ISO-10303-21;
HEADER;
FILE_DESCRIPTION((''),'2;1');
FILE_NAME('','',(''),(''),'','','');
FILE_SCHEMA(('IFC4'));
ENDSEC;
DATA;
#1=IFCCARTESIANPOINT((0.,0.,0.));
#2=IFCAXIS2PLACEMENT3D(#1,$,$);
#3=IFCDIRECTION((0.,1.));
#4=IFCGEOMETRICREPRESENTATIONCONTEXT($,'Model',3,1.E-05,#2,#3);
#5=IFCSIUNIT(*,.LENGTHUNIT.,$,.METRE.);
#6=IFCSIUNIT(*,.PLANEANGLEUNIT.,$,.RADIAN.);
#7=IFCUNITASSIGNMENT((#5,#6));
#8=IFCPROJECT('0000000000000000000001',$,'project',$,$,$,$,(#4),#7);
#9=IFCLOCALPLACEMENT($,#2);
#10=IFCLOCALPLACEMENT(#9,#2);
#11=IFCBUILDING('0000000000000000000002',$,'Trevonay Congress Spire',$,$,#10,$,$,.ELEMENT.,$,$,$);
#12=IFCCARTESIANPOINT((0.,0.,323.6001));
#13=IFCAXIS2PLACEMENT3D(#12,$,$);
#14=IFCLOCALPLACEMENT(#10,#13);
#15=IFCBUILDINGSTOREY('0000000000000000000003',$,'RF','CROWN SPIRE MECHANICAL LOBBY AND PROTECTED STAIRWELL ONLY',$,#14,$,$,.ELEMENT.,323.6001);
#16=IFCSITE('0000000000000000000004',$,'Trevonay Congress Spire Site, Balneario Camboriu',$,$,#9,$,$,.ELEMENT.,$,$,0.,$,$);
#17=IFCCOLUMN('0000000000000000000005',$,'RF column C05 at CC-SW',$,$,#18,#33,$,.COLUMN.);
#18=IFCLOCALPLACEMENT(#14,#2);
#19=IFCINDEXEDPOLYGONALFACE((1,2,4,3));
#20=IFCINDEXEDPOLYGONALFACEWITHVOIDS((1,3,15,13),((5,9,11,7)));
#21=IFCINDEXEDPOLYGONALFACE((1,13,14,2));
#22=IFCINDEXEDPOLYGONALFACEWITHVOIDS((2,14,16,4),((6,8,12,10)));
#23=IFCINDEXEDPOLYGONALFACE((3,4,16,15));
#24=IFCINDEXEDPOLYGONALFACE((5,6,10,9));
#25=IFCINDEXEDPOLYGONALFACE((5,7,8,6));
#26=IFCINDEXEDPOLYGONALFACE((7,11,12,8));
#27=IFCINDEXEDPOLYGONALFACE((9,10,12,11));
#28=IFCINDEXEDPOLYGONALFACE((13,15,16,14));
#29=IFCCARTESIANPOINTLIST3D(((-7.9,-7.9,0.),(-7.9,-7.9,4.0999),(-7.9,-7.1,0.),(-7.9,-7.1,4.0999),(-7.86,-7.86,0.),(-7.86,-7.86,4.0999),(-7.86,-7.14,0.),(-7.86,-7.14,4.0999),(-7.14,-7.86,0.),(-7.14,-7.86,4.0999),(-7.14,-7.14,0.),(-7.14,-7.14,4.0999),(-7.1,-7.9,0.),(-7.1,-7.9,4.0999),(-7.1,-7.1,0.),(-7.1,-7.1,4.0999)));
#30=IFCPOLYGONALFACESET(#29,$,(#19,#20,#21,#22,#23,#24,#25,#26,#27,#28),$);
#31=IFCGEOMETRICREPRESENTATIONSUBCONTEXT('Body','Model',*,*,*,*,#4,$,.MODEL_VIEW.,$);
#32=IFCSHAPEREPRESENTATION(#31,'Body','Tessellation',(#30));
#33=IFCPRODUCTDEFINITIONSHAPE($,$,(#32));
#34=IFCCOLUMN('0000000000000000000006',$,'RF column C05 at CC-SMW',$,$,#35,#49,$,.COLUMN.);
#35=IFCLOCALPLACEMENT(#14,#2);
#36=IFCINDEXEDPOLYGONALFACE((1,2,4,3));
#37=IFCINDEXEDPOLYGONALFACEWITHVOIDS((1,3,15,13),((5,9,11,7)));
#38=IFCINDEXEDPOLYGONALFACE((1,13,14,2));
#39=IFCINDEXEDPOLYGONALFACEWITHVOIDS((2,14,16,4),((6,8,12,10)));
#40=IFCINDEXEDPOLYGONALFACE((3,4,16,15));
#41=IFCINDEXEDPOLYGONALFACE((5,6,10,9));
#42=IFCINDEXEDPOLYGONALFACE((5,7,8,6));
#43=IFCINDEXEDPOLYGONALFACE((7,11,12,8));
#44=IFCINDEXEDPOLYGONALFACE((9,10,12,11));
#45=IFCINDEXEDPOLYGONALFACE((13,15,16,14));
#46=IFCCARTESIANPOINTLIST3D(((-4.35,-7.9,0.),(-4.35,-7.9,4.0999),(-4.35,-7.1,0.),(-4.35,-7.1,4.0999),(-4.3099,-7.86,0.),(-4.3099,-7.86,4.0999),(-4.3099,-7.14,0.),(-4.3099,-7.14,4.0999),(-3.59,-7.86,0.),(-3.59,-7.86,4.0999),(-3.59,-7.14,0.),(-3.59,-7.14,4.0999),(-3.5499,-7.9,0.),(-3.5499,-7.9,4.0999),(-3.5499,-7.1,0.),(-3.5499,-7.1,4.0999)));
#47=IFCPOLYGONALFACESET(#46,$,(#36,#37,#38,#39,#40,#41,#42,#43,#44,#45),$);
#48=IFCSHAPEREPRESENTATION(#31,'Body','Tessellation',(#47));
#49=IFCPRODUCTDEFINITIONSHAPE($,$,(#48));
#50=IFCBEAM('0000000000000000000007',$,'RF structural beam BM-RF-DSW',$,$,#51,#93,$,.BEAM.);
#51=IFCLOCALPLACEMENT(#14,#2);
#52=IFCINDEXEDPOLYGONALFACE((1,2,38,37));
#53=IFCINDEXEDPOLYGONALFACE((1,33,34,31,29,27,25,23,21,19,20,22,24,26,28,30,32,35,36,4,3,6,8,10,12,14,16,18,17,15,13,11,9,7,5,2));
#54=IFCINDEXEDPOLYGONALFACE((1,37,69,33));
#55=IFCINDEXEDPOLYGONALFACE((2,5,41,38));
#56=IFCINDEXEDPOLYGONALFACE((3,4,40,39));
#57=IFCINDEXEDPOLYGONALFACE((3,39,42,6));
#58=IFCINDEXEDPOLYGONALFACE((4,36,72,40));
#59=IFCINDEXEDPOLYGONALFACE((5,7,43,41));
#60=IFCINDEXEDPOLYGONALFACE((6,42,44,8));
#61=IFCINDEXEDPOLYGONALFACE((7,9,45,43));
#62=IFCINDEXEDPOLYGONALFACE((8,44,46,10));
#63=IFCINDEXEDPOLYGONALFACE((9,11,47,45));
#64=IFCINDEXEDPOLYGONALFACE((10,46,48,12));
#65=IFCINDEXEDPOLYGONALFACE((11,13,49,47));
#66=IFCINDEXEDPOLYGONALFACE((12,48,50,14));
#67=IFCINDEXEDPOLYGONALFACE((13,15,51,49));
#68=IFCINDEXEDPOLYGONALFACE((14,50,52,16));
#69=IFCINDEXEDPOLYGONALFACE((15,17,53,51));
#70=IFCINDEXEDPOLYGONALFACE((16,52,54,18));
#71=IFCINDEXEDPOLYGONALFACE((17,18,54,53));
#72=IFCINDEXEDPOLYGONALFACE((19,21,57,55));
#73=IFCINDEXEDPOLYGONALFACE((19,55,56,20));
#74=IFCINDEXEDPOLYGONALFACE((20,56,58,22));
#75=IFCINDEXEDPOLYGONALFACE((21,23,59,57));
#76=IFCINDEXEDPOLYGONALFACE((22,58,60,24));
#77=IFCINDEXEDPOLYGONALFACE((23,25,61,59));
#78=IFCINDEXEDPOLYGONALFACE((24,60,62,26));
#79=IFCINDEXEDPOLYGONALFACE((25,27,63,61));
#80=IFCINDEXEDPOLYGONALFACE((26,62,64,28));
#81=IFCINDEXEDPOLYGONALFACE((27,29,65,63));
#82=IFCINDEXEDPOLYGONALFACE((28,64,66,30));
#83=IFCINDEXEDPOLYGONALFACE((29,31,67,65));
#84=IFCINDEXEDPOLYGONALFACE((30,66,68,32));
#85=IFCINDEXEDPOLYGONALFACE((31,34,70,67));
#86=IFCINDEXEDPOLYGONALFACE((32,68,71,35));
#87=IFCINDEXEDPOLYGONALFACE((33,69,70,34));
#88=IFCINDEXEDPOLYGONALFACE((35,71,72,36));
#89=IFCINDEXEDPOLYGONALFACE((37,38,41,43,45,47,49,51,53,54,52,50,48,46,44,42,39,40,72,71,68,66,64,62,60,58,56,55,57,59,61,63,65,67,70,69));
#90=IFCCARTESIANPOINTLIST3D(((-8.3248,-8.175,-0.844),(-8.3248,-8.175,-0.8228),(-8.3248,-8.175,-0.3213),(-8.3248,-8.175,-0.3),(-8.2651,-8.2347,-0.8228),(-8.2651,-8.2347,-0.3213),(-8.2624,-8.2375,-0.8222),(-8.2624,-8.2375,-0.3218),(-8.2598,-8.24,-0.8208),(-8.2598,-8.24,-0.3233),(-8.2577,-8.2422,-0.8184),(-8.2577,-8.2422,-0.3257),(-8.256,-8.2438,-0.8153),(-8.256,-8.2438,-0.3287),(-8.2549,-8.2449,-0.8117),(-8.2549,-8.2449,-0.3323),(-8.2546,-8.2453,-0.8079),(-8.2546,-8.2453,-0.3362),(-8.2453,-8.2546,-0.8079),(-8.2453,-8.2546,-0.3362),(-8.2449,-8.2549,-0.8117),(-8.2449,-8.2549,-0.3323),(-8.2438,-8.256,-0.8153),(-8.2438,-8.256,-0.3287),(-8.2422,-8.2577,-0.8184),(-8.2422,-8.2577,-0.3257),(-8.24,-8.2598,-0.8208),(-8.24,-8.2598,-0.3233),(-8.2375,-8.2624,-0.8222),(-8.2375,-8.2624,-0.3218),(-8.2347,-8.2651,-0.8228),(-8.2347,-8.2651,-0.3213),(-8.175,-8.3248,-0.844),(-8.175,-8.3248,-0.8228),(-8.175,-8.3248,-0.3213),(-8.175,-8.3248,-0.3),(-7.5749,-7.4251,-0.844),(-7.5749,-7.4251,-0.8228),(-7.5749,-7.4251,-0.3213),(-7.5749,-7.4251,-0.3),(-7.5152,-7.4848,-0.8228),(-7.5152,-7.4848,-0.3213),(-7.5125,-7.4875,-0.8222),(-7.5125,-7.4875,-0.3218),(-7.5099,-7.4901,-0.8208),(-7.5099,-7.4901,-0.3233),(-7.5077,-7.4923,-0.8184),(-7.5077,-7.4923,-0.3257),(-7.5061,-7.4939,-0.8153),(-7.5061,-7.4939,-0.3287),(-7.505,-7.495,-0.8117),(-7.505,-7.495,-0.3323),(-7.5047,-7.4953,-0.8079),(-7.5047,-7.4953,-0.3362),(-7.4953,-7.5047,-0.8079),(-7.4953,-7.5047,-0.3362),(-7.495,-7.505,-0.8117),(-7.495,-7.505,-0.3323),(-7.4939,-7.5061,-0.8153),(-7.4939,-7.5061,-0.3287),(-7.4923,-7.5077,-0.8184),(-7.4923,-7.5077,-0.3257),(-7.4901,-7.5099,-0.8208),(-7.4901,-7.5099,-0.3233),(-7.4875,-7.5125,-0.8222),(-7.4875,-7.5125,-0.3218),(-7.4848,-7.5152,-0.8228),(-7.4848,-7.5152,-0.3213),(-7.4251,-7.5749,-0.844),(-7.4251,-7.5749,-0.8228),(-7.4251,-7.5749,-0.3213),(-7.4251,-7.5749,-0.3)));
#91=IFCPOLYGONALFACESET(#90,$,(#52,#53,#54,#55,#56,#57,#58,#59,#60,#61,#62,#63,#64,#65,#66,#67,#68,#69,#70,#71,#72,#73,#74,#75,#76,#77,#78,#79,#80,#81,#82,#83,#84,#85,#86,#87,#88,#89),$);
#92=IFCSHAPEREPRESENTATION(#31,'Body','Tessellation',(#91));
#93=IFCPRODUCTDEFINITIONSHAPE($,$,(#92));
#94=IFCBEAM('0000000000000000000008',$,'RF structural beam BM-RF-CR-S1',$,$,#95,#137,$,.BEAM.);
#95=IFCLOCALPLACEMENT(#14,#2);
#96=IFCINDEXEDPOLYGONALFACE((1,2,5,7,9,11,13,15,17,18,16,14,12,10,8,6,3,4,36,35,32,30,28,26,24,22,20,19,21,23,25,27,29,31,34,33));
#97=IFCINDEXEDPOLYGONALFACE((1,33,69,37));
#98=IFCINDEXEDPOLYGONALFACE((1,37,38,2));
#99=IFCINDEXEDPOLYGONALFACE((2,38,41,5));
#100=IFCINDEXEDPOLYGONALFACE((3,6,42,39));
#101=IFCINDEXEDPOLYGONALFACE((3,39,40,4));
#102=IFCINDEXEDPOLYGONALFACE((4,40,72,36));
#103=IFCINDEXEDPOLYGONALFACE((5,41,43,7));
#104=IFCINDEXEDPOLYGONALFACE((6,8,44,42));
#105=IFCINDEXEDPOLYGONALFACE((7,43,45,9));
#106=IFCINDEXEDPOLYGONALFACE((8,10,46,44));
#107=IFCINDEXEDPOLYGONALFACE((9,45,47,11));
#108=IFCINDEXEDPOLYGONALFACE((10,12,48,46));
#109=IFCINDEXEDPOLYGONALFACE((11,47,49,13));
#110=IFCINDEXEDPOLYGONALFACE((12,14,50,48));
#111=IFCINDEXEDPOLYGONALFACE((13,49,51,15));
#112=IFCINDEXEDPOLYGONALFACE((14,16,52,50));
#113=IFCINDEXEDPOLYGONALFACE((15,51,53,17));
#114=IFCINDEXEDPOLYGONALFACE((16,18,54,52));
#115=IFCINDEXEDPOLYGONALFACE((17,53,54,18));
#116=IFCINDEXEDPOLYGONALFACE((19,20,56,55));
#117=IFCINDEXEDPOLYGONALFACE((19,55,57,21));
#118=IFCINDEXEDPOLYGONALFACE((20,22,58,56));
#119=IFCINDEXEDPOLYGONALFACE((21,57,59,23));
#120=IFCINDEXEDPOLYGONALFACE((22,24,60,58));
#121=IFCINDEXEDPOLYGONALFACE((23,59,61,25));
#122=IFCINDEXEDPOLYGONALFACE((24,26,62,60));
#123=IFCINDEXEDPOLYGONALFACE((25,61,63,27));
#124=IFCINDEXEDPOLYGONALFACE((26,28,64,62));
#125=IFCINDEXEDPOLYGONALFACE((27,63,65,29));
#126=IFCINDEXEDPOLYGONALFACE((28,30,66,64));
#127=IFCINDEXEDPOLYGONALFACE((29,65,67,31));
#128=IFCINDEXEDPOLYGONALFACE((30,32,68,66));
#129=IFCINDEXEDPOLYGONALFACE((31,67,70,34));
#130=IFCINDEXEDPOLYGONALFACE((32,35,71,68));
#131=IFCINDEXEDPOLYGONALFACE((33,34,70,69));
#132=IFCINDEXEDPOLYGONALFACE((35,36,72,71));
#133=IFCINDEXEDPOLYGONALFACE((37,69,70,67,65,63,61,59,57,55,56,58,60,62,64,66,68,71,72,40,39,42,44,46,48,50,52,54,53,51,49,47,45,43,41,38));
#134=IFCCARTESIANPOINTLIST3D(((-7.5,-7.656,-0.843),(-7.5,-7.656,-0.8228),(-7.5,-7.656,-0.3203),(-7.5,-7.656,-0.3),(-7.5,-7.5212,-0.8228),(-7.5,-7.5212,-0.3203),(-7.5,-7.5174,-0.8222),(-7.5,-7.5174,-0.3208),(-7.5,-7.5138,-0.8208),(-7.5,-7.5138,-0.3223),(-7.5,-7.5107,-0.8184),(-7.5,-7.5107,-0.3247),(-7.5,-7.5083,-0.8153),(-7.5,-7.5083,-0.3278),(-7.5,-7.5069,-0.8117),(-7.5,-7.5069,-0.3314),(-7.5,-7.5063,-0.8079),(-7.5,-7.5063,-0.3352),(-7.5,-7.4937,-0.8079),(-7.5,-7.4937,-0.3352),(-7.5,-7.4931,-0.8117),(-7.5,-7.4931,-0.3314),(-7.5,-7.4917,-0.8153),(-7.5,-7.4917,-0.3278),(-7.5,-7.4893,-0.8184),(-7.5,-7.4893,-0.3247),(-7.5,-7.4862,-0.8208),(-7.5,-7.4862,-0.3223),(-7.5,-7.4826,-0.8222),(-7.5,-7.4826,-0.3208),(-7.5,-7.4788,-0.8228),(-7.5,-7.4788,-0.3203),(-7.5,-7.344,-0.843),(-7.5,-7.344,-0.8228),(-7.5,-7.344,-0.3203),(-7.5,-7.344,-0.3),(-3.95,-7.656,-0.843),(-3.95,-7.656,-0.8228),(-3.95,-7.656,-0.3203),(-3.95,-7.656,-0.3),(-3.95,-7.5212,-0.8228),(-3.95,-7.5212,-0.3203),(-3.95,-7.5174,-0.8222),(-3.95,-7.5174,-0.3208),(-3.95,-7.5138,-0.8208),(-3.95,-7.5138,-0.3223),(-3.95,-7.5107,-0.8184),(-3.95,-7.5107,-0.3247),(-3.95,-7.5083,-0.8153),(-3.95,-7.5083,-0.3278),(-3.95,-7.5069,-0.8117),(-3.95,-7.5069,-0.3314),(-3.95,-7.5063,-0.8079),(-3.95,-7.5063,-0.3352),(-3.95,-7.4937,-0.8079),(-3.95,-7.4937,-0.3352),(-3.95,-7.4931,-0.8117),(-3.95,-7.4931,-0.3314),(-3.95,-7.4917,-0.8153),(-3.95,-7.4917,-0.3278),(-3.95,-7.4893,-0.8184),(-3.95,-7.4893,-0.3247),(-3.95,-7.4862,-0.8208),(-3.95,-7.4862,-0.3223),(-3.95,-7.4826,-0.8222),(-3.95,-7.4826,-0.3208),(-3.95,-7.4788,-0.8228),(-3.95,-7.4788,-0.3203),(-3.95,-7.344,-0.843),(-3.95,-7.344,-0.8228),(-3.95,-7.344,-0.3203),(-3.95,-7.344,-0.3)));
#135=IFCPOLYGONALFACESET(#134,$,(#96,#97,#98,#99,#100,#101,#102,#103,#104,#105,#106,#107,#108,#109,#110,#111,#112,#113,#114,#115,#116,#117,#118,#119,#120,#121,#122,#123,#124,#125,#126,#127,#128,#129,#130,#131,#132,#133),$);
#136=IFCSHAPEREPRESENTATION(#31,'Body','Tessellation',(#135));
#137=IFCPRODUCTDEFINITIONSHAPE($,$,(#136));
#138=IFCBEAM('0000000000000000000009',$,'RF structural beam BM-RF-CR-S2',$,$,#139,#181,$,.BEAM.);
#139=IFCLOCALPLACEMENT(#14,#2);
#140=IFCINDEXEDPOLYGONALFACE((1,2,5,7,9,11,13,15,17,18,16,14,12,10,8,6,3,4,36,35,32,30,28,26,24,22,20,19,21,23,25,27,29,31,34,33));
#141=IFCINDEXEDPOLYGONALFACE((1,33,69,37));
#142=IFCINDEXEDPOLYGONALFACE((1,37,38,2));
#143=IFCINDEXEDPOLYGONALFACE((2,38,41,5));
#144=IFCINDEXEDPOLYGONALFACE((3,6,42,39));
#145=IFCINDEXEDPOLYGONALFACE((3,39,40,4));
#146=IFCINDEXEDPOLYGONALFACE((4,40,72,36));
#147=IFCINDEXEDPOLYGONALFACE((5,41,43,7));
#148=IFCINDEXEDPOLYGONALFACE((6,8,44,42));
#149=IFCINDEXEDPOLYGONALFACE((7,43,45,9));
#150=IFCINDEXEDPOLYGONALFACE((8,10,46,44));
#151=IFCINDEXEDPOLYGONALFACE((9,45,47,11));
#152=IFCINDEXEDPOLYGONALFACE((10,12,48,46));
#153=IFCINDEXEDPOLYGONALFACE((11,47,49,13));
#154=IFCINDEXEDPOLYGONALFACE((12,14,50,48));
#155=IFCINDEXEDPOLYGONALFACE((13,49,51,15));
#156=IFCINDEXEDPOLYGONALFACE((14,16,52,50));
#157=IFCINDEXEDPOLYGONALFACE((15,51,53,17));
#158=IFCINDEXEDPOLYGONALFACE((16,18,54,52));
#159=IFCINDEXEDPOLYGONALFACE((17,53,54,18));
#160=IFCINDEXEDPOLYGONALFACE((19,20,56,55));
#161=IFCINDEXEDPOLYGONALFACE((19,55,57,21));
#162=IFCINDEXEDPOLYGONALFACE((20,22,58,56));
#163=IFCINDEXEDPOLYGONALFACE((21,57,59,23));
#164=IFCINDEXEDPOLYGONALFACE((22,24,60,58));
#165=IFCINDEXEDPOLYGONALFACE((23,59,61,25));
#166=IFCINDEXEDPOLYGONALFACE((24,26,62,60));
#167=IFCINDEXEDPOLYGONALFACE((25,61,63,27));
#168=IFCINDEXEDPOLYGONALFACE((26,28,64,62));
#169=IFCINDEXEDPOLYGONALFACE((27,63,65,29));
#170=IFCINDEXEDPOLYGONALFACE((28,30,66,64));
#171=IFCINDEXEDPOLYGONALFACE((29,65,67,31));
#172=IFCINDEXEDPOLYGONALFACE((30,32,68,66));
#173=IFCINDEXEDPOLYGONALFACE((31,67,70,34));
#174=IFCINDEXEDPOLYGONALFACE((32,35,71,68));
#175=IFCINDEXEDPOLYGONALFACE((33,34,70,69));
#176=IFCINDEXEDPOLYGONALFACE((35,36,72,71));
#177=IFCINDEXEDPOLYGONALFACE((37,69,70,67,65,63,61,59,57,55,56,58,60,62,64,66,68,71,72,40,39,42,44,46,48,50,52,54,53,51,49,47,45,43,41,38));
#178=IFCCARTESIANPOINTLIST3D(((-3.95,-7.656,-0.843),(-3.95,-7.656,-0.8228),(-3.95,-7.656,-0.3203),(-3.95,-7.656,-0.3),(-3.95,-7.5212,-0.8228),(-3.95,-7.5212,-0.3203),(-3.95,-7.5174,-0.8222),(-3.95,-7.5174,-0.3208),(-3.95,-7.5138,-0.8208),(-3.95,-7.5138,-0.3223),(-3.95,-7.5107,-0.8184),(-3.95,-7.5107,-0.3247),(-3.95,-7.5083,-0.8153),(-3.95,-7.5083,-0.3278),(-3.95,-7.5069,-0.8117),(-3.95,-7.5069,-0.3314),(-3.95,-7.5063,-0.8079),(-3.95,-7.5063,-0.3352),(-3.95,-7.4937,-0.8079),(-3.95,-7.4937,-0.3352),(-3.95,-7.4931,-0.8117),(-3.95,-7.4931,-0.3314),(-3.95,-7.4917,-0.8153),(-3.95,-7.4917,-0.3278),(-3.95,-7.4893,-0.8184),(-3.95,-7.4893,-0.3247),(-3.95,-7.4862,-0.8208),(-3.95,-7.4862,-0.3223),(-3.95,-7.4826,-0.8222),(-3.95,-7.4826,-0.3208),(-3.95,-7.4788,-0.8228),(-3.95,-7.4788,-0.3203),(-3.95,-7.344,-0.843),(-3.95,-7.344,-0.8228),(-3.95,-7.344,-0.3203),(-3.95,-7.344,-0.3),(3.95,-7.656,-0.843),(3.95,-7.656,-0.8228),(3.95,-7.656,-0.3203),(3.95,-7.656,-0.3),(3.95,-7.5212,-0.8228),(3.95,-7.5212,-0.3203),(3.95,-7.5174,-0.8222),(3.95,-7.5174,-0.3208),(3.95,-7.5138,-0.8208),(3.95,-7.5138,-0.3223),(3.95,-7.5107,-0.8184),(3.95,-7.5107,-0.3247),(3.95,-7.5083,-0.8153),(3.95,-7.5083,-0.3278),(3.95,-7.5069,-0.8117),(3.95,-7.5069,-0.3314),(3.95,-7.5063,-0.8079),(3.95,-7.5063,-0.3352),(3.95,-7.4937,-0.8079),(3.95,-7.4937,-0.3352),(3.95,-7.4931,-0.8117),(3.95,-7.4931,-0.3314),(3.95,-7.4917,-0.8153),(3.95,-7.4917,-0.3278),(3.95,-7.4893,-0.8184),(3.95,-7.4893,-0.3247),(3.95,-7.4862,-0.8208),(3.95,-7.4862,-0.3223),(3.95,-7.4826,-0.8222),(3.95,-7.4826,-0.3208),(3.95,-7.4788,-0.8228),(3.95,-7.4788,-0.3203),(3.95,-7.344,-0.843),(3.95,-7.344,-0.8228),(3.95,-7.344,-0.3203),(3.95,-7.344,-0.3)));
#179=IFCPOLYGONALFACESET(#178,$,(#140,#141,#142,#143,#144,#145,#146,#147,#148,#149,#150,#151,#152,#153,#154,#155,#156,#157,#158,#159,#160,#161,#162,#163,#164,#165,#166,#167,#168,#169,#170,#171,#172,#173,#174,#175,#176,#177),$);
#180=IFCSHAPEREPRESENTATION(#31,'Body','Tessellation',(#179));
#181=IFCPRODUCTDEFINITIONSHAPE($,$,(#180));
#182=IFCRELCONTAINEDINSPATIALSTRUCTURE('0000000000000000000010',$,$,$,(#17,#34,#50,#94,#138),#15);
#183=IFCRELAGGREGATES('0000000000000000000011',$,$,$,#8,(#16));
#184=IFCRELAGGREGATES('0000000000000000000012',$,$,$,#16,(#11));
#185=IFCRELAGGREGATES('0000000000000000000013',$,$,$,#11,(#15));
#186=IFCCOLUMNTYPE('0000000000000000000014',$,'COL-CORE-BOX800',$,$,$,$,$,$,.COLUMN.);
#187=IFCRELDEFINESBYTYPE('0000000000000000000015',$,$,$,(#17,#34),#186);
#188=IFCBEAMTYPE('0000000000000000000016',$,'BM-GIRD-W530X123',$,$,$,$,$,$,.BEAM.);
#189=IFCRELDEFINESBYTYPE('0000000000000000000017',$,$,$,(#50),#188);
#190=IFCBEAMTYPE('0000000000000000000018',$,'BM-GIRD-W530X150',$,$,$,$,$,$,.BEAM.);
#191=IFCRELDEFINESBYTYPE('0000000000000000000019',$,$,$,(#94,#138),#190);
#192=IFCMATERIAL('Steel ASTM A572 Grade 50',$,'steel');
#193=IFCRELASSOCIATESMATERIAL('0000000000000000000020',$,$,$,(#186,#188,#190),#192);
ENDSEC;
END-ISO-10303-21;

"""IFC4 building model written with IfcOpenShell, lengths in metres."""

from ifc_helpers import new_model, si_unit, direction, frame, origin, origin_2d, place, context, subcontext, project, spatial, hollow_rectangle, i_section, extrude, material, material_profile, profile_set, type_object, element, save


model = new_model("IFC4")

# Units and contexts
model_context = context("Model", 3, precision=1e-05, world=origin(), true_north=direction((0.0, 1.0)))
body_context = subcontext(model_context, "Body", "Model", "MODEL_VIEW")
ifc_project = project(units=[si_unit("LENGTHUNIT", "METRE"), si_unit("PLANEANGLEUNIT", "RADIAN")], contexts=[model_context])

# Site, building, storey
site_placement = place(None, origin())
site = spatial("IfcSite", under=ifc_project, at=site_placement, Name="Trevonay Congress Spire Site, Balneario Camboriu", CompositionType="ELEMENT", RefElevation=0.0)
building_placement = place(site_placement, origin())
building = spatial("IfcBuilding", under=site, at=building_placement, Name="Trevonay Congress Spire", CompositionType="ELEMENT")
storey_placement = place(building_placement, frame((0.0, 0.0, 323.6001)))
storey = spatial("IfcBuildingStorey", under=building, at=storey_placement, Name="RF", Description="CROWN SPIRE MECHANICAL LOBBY AND PROTECTED STAIRWELL ONLY", CompositionType="ELEMENT", Elevation=323.6001)

# Columns
ifc_material_1 = material(Name="Steel ASTM A572 Grade 50", Category="steel")
ifc_material_profile_1 = material_profile(ifc_material_1, hollow_rectangle(XDim=0.8, YDim=0.8, WallThickness=0.04, at=origin_2d()), Name="BOX 800x800x40")
ifc_profile_set_1 = profile_set([ifc_material_profile_1], Name="Steel ASTM A572 Grade 50")
column_type = type_object("IfcColumnType", Name="COL-CORE-BOX800", PredefinedType="COLUMN", material=ifc_profile_set_1)
for number, where, z_axis, x_axis, name in (
    (1, (-7.5, -7.5, 0.0), (0.0, 0.0, 1.0), (1.0, 0.0, 0.0), "RF column C05 at CC-SW"),
    (2, (-3.95, -7.5, 0.0), (0.0, 0.0, 1.0), (1.0, 0.0, 0.0), "RF column C05 at CC-SMW"),
):
    element("IfcColumn", number, at=place(storey_placement, frame(where, z_axis=z_axis, x_axis=x_axis)), inside=storey, type_object=column_type, Name=name, PredefinedType="COLUMN", context=body_context, shape_type="SweptSolid", body=[
        extrude(hollow_rectangle(XDim=0.8, YDim=0.8, WallThickness=0.04, at=origin_2d()), origin(), (0.0, 0.0, 1.0), 4.0999),
    ])

# Beams
ifc_material_profile_2 = material_profile(ifc_material_1, i_section(OverallWidth=0.2119, OverallDepth=0.5439, WebThickness=0.0132, FlangeThickness=0.0212, FilletRadius=0.0149, at=origin_2d()), Name="W530x123")
ifc_profile_set_2 = profile_set([ifc_material_profile_2], Name="Steel ASTM A572 Grade 50")
beam_type_1 = type_object("IfcBeamType", Name="BM-GIRD-W530X123", PredefinedType="BEAM", material=ifc_profile_set_2)
beam_1_placement = place(storey_placement, frame((-7.5, -7.5, -0.572), z_axis=(-0.707107, -0.707107, 0.0), x_axis=(0.707107, -0.707107, 0.0)))
element("IfcBeam", 3, at=beam_1_placement, inside=storey, type_object=beam_type_1, Name="RF structural beam BM-RF-DSW", PredefinedType="BEAM", context=body_context, shape_type="SweptSolid", body=[
    extrude(i_section(OverallWidth=0.2119, OverallDepth=0.5439, WebThickness=0.0132, FlangeThickness=0.0212, FilletRadius=0.0149, at=origin_2d()), origin(), (0.0, 0.0, 1.0), 1.0605),
])
ifc_material_profile_3 = material_profile(ifc_material_1, i_section(OverallWidth=0.312, OverallDepth=0.543, WebThickness=0.0127, FlangeThickness=0.0203, FilletRadius=0.0149, at=origin_2d()), Name="W530x150")
ifc_profile_set_3 = profile_set([ifc_material_profile_3], Name="Steel ASTM A572 Grade 50")
beam_type_2 = type_object("IfcBeamType", Name="BM-GIRD-W530X150", PredefinedType="BEAM", material=ifc_profile_set_3)
beam_2_placement = place(storey_placement, frame((-7.5, -7.5, -0.5715), z_axis=(1.0, 0.0, 0.0), x_axis=(0.0, 1.0, 0.0)))
element("IfcBeam", 4, at=beam_2_placement, inside=storey, type_object=beam_type_2, Name="RF structural beam BM-RF-CR-S1", PredefinedType="BEAM", context=body_context, shape_type="SweptSolid", body=[
    extrude(i_section(OverallWidth=0.312, OverallDepth=0.543, WebThickness=0.0127, FlangeThickness=0.0203, FilletRadius=0.0149, at=origin_2d()), origin(), (0.0, 0.0, 1.0), 3.55),
])
beam_3_placement = place(storey_placement, frame((-3.95, -7.5, -0.5715), z_axis=(1.0, 0.0, 0.0), x_axis=(0.0, 1.0, 0.0)))
element("IfcBeam", 5, at=beam_3_placement, inside=storey, type_object=beam_type_2, Name="RF structural beam BM-RF-CR-S2", PredefinedType="BEAM", context=body_context, shape_type="SweptSolid", body=[
    extrude(i_section(OverallWidth=0.312, OverallDepth=0.543, WebThickness=0.0127, FlangeThickness=0.0203, FilletRadius=0.0149, at=origin_2d()), origin(), (0.0, 0.0, 1.0), 7.8999),
])

save(model, "model.ifc")
